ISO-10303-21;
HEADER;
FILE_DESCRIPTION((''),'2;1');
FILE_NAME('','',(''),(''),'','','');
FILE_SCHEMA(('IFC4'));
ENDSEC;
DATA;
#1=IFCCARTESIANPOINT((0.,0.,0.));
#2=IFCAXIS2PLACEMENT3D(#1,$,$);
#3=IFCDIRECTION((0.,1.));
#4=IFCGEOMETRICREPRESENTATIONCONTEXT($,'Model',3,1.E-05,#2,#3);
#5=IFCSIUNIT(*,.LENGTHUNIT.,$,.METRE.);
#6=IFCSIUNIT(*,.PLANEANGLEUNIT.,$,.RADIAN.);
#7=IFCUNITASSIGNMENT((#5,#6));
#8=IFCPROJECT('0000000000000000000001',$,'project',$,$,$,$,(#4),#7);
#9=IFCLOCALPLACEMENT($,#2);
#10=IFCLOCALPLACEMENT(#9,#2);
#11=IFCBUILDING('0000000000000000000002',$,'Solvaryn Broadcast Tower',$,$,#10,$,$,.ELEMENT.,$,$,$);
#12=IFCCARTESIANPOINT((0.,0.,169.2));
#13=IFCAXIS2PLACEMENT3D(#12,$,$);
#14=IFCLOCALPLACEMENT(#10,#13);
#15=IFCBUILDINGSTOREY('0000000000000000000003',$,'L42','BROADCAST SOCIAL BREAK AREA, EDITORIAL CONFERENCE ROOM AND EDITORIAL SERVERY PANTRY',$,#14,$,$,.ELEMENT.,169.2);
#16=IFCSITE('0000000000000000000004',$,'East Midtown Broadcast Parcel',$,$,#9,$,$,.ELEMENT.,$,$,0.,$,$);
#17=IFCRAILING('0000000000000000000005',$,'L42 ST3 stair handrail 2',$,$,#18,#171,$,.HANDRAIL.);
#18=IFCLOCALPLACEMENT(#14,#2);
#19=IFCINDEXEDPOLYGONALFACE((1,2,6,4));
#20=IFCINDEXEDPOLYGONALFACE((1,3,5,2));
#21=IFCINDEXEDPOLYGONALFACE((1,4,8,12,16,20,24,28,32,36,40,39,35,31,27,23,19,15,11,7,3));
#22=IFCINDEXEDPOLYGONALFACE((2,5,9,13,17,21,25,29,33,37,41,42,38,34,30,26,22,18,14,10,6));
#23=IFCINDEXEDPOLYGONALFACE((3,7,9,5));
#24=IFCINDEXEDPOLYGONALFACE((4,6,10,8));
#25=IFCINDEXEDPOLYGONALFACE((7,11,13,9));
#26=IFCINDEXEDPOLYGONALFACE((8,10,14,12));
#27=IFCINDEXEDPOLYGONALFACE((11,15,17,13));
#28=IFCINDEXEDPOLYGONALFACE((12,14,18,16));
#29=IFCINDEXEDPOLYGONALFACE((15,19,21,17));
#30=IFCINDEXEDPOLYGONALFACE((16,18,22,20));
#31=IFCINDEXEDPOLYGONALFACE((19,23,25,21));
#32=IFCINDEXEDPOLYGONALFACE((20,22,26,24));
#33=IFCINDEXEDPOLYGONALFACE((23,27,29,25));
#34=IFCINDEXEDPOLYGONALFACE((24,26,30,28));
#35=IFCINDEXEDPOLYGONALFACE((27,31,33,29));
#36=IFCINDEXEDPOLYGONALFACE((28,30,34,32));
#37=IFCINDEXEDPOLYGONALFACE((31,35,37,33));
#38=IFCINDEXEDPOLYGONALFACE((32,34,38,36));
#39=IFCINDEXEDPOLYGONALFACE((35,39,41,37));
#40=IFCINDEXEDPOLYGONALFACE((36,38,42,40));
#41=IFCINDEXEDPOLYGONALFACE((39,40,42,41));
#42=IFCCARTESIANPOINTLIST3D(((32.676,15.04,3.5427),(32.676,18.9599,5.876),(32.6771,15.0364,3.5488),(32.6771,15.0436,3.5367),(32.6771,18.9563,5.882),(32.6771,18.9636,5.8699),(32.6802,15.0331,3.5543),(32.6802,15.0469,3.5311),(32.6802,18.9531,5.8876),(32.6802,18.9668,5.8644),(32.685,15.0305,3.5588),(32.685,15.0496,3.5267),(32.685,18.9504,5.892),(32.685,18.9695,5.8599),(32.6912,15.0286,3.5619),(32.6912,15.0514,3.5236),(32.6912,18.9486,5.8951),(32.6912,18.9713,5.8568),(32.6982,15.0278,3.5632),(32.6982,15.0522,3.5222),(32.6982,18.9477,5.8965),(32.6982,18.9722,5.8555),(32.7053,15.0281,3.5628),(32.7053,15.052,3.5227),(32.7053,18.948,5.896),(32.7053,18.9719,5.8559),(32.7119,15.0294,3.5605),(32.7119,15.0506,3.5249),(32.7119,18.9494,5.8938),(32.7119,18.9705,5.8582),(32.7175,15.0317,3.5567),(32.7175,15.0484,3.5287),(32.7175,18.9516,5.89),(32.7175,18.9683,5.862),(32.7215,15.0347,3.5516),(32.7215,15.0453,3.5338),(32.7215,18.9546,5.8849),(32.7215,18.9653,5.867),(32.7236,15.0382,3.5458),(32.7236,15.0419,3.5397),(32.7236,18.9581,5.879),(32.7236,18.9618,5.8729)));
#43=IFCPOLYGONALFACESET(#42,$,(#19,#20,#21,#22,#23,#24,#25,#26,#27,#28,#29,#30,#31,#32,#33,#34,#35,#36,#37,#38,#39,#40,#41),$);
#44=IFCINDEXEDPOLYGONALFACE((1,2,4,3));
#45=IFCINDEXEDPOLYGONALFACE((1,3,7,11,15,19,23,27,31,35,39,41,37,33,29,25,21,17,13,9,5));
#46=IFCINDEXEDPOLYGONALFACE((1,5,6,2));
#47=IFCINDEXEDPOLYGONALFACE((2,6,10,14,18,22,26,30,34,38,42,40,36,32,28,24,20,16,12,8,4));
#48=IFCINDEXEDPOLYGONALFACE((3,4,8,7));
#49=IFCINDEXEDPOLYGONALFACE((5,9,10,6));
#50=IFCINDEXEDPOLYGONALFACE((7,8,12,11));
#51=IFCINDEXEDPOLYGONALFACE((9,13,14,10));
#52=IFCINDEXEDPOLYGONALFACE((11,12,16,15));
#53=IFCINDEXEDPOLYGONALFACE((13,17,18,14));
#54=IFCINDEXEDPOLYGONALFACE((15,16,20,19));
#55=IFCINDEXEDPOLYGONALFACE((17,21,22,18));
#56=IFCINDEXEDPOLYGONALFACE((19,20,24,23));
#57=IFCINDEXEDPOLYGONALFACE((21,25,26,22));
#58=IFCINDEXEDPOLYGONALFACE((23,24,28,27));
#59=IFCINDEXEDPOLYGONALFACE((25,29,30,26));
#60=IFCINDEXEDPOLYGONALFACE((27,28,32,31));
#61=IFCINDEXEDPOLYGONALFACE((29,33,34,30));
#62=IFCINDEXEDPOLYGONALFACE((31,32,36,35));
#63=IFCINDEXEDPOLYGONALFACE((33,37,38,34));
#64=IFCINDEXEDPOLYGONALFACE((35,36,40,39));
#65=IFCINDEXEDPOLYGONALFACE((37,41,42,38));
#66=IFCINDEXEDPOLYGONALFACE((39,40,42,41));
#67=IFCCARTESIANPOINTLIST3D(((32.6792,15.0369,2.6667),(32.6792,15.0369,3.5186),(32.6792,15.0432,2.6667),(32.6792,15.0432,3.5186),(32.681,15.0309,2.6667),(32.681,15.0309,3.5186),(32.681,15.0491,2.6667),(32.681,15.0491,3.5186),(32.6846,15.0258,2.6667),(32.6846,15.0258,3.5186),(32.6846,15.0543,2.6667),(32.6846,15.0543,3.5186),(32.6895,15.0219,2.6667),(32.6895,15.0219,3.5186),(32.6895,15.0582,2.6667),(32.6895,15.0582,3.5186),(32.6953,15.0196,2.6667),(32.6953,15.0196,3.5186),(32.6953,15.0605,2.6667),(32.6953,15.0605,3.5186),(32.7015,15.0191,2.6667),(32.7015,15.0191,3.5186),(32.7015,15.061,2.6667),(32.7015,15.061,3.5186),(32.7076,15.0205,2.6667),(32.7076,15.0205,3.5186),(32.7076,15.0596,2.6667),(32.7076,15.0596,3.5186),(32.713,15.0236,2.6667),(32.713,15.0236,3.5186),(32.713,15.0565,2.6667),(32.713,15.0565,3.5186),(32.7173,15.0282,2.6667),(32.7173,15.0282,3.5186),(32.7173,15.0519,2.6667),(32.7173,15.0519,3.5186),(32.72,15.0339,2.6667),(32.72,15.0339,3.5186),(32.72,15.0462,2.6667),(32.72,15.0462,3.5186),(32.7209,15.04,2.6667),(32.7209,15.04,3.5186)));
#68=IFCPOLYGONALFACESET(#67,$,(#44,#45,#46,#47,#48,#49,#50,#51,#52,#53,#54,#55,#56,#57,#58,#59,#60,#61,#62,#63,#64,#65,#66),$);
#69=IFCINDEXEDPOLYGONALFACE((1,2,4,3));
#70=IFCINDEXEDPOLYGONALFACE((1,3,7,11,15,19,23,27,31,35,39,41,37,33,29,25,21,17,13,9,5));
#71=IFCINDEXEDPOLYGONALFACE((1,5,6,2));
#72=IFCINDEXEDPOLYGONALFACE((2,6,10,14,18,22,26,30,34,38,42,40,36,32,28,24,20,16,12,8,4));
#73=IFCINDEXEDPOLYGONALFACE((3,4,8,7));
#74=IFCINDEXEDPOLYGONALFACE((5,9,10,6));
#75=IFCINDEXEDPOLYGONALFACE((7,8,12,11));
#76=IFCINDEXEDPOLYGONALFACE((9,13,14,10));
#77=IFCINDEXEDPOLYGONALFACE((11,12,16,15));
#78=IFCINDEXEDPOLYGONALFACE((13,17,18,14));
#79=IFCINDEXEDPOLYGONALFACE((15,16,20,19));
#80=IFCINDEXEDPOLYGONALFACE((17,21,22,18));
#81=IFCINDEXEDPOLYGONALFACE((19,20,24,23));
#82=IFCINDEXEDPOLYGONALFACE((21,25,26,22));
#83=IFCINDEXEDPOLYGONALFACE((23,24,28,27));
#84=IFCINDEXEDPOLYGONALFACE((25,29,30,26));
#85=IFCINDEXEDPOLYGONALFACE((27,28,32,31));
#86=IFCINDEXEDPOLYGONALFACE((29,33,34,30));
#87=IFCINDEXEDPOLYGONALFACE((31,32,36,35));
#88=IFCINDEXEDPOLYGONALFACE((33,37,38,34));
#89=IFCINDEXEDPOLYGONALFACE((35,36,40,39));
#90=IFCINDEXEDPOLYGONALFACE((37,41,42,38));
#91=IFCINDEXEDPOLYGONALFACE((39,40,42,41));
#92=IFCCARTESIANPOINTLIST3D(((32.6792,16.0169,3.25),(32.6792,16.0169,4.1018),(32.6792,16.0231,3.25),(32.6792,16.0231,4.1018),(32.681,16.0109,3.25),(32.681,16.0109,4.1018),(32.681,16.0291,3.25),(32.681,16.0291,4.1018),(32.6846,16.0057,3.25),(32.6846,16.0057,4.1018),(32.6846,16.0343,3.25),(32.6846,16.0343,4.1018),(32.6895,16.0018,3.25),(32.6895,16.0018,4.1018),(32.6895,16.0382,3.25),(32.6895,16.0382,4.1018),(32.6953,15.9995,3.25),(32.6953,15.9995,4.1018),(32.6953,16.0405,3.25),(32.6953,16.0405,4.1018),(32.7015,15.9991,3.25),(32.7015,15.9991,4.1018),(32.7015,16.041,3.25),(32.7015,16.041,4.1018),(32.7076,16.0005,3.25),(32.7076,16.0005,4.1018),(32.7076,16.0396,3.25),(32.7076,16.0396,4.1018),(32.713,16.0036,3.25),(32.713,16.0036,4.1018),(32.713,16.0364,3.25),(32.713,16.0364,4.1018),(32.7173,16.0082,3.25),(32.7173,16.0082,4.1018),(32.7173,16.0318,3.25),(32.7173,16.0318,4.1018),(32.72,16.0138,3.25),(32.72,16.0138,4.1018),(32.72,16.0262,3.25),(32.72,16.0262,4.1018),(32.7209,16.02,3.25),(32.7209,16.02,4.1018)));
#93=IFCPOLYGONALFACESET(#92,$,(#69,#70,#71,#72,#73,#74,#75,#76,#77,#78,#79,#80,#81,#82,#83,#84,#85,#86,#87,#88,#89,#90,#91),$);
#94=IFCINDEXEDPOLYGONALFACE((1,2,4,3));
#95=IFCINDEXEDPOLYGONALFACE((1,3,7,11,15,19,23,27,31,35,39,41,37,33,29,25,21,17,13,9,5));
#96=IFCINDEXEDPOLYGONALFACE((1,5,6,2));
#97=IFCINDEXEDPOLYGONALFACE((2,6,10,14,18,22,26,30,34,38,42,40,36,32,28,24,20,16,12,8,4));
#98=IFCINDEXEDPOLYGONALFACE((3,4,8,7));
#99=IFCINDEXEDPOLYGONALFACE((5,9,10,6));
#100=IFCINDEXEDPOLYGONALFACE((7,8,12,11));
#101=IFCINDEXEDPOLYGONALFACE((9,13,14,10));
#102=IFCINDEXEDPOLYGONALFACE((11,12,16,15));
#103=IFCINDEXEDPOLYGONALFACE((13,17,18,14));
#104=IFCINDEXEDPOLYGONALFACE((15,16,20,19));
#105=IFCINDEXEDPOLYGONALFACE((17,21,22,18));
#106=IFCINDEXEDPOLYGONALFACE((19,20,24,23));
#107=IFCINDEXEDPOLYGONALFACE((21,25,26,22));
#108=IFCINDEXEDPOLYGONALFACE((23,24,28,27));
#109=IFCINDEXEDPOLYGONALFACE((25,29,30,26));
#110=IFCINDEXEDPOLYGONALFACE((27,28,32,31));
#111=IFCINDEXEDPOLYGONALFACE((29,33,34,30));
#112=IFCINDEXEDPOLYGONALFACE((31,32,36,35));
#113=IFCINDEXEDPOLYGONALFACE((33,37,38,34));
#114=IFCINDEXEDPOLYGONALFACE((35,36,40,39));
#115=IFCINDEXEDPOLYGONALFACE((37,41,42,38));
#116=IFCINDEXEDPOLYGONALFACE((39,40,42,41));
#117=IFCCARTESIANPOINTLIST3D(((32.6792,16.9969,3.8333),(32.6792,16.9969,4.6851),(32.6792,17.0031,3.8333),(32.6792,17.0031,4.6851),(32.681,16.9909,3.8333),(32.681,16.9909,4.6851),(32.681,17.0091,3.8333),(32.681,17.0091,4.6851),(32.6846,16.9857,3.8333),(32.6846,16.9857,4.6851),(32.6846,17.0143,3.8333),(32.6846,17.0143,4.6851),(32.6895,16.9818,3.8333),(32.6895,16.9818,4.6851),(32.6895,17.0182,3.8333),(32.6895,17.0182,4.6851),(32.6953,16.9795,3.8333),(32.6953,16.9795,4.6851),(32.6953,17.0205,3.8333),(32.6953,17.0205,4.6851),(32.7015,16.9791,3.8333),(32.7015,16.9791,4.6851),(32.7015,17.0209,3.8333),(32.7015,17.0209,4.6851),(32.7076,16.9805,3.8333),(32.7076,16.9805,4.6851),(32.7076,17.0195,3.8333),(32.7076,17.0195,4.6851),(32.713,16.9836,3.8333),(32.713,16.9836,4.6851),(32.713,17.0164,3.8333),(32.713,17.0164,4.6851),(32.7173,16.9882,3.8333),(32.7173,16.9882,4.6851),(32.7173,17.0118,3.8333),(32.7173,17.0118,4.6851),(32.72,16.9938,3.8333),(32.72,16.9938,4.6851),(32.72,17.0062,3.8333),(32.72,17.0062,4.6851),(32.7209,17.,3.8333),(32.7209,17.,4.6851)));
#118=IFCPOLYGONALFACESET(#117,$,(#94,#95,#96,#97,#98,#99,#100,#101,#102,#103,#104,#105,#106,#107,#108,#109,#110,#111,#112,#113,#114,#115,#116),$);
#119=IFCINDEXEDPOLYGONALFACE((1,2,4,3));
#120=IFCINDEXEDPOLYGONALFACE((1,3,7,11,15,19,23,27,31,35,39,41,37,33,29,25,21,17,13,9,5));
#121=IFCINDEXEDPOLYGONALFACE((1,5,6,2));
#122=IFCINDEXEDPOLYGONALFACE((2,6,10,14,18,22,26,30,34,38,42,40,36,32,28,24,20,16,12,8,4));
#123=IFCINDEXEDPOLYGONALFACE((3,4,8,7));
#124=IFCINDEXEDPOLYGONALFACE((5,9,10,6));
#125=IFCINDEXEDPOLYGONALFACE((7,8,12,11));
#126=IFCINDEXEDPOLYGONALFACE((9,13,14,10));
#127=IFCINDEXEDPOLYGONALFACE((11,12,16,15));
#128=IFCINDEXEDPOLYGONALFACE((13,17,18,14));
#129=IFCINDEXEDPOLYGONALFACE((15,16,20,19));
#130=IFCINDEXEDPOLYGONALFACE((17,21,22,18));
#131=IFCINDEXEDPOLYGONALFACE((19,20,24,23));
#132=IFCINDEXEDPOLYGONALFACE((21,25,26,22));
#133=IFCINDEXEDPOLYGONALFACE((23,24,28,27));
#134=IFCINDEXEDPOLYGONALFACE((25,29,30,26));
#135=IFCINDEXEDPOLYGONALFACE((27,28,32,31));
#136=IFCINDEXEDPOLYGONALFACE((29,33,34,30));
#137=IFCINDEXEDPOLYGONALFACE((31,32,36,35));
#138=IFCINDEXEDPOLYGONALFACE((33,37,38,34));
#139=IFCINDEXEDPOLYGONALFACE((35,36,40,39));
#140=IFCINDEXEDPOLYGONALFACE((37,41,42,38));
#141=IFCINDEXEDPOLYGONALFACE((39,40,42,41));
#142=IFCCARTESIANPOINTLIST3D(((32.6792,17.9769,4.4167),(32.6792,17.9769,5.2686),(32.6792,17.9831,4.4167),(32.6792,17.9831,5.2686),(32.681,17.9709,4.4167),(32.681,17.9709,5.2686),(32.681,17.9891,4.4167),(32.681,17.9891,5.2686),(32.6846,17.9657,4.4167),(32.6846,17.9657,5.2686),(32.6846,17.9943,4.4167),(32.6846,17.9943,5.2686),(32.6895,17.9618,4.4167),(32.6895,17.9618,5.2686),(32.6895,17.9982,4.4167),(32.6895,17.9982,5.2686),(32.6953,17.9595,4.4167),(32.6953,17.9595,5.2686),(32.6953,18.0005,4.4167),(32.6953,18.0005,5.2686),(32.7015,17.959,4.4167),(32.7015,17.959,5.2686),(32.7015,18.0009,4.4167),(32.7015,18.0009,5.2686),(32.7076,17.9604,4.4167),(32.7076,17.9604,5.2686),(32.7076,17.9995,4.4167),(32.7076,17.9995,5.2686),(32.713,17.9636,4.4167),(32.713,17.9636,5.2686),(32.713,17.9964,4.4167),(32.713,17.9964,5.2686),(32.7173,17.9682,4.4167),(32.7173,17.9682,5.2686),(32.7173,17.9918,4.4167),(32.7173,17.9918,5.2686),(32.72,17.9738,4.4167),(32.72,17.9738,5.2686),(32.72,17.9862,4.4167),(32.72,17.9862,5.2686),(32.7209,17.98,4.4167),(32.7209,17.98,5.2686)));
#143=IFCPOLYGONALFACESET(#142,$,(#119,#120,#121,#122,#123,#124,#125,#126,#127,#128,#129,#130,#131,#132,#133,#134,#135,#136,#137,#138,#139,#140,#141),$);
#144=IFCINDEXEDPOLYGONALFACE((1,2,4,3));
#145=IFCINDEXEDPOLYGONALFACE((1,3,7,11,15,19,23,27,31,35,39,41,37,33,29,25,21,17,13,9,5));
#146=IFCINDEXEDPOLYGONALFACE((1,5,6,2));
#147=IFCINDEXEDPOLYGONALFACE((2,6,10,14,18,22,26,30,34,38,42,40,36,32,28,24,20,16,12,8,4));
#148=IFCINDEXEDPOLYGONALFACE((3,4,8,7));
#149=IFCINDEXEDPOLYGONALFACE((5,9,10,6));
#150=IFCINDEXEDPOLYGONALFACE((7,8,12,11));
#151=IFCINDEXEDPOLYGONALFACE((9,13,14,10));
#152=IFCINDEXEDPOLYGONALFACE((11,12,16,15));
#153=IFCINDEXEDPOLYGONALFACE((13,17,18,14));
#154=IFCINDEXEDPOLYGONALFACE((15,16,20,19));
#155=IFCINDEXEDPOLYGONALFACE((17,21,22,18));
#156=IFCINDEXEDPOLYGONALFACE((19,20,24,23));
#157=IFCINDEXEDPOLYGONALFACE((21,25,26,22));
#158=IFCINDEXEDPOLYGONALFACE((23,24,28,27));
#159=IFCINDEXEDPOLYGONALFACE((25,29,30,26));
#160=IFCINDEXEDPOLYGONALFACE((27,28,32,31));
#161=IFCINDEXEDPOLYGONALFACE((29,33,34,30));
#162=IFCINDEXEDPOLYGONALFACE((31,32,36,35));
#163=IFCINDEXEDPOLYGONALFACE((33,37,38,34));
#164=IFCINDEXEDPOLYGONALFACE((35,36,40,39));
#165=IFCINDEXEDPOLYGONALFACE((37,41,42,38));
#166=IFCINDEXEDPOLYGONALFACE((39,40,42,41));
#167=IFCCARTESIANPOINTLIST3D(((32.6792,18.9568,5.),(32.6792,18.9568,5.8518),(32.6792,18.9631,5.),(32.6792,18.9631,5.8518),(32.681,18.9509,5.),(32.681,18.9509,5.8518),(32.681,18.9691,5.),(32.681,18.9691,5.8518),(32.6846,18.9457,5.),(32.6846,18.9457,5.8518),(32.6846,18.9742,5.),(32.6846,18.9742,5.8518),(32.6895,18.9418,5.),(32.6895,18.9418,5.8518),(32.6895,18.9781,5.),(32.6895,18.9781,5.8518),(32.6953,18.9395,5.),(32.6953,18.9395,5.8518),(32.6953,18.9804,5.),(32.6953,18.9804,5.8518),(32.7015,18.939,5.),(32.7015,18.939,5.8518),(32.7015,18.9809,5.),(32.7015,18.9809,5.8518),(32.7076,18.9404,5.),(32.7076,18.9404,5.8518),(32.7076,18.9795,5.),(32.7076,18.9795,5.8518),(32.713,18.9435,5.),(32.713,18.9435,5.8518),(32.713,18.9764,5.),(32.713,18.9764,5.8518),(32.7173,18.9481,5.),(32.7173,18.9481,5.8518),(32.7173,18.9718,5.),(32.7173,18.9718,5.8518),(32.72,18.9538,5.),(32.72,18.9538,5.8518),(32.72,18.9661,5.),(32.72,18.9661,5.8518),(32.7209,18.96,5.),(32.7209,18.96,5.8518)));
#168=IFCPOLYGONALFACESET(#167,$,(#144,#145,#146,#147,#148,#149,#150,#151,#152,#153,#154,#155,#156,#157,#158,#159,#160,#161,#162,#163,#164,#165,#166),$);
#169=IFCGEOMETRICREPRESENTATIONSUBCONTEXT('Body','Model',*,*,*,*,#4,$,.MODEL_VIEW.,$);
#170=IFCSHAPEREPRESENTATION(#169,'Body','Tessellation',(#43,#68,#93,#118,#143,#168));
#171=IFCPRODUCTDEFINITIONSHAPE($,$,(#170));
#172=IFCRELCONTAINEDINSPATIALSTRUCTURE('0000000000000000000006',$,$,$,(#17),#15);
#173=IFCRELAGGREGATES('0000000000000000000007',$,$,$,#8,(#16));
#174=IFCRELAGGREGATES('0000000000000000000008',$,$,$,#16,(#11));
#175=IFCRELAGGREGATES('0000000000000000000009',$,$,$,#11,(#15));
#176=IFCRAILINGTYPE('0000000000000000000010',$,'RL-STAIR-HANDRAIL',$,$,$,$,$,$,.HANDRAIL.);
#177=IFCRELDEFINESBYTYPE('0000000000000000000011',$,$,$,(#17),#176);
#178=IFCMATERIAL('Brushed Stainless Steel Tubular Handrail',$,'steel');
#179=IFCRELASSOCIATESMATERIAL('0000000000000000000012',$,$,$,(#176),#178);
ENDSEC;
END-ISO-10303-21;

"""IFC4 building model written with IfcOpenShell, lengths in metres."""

from ifc_helpers import new_model, si_unit, direction, frame, origin, origin_2d, place, context, subcontext, project, spatial, circle, extrude, material, type_object, element, save


model = new_model("IFC4")

# Units and contexts
model_context = context("Model", 3, precision=1e-05, world=origin(), true_north=direction((0.0, 1.0)))
body_context = subcontext(model_context, "Body", "Model", "MODEL_VIEW")
ifc_project = project(units=[si_unit("LENGTHUNIT", "METRE"), si_unit("PLANEANGLEUNIT", "RADIAN")], contexts=[model_context])

# Site, building, storey
site_placement = place(None, origin())
site = spatial("IfcSite", under=ifc_project, at=site_placement, Name="East Midtown Broadcast Parcel", CompositionType="ELEMENT", RefElevation=0.0)
building_placement = place(site_placement, origin())
building = spatial("IfcBuilding", under=site, at=building_placement, Name="Solvaryn Broadcast Tower", CompositionType="ELEMENT")
storey_placement = place(building_placement, frame((0.0, 0.0, 169.2)))
storey = spatial("IfcBuildingStorey", under=building, at=storey_placement, Name="L42", Description="BROADCAST SOCIAL BREAK AREA, EDITORIAL CONFERENCE ROOM AND EDITORIAL SERVERY PANTRY", CompositionType="ELEMENT", Elevation=169.2)

# Railing
ifc_material_1 = material(Name="Brushed Stainless Steel Tubular Handrail", Category="steel")
railing_type_1 = type_object("IfcRailingType", Name="RL-STAIR-HANDRAIL", PredefinedType="HANDRAIL", material=ifc_material_1)
railing_1_placement = place(storey_placement, frame((32.7, 15.04, 2.6667)))
element("IfcRailing", 1, at=railing_1_placement, inside=storey, type_object=railing_type_1, Name="L42 ST3 stair handrail 2", PredefinedType="HANDRAIL", context=body_context, shape_type="SweptSolid", body=[
    extrude(circle(Radius=0.0239, at=origin_2d()), frame((0.0, 0.0, 0.876), z_axis=(0.0, 0.859296, 0.511478), x_axis=(-1.0, 0.0, 0.0)), (0.0, 0.0, 1.0), 4.5618),
    extrude(circle(Radius=0.021, at=origin_2d()), origin(), (0.0, 0.0, 1.0), 0.8518),
    extrude(circle(Radius=0.021, at=origin_2d()), frame((0.0, 0.98, 0.5833)), (0.0, 0.0, 1.0), 0.8518),
    extrude(circle(Radius=0.021, at=origin_2d()), frame((0.0, 1.96, 1.1665)), (0.0, 0.0, 1.0), 0.8518),
    extrude(circle(Radius=0.021, at=origin_2d()), frame((0.0, 2.9399, 1.75)), (0.0, 0.0, 1.0), 0.8518),
    extrude(circle(Radius=0.021, at=origin_2d()), frame((0.0, 3.9199, 2.3333)), (0.0, 0.0, 1.0), 0.8518),
])

save(model, "model.ifc")
